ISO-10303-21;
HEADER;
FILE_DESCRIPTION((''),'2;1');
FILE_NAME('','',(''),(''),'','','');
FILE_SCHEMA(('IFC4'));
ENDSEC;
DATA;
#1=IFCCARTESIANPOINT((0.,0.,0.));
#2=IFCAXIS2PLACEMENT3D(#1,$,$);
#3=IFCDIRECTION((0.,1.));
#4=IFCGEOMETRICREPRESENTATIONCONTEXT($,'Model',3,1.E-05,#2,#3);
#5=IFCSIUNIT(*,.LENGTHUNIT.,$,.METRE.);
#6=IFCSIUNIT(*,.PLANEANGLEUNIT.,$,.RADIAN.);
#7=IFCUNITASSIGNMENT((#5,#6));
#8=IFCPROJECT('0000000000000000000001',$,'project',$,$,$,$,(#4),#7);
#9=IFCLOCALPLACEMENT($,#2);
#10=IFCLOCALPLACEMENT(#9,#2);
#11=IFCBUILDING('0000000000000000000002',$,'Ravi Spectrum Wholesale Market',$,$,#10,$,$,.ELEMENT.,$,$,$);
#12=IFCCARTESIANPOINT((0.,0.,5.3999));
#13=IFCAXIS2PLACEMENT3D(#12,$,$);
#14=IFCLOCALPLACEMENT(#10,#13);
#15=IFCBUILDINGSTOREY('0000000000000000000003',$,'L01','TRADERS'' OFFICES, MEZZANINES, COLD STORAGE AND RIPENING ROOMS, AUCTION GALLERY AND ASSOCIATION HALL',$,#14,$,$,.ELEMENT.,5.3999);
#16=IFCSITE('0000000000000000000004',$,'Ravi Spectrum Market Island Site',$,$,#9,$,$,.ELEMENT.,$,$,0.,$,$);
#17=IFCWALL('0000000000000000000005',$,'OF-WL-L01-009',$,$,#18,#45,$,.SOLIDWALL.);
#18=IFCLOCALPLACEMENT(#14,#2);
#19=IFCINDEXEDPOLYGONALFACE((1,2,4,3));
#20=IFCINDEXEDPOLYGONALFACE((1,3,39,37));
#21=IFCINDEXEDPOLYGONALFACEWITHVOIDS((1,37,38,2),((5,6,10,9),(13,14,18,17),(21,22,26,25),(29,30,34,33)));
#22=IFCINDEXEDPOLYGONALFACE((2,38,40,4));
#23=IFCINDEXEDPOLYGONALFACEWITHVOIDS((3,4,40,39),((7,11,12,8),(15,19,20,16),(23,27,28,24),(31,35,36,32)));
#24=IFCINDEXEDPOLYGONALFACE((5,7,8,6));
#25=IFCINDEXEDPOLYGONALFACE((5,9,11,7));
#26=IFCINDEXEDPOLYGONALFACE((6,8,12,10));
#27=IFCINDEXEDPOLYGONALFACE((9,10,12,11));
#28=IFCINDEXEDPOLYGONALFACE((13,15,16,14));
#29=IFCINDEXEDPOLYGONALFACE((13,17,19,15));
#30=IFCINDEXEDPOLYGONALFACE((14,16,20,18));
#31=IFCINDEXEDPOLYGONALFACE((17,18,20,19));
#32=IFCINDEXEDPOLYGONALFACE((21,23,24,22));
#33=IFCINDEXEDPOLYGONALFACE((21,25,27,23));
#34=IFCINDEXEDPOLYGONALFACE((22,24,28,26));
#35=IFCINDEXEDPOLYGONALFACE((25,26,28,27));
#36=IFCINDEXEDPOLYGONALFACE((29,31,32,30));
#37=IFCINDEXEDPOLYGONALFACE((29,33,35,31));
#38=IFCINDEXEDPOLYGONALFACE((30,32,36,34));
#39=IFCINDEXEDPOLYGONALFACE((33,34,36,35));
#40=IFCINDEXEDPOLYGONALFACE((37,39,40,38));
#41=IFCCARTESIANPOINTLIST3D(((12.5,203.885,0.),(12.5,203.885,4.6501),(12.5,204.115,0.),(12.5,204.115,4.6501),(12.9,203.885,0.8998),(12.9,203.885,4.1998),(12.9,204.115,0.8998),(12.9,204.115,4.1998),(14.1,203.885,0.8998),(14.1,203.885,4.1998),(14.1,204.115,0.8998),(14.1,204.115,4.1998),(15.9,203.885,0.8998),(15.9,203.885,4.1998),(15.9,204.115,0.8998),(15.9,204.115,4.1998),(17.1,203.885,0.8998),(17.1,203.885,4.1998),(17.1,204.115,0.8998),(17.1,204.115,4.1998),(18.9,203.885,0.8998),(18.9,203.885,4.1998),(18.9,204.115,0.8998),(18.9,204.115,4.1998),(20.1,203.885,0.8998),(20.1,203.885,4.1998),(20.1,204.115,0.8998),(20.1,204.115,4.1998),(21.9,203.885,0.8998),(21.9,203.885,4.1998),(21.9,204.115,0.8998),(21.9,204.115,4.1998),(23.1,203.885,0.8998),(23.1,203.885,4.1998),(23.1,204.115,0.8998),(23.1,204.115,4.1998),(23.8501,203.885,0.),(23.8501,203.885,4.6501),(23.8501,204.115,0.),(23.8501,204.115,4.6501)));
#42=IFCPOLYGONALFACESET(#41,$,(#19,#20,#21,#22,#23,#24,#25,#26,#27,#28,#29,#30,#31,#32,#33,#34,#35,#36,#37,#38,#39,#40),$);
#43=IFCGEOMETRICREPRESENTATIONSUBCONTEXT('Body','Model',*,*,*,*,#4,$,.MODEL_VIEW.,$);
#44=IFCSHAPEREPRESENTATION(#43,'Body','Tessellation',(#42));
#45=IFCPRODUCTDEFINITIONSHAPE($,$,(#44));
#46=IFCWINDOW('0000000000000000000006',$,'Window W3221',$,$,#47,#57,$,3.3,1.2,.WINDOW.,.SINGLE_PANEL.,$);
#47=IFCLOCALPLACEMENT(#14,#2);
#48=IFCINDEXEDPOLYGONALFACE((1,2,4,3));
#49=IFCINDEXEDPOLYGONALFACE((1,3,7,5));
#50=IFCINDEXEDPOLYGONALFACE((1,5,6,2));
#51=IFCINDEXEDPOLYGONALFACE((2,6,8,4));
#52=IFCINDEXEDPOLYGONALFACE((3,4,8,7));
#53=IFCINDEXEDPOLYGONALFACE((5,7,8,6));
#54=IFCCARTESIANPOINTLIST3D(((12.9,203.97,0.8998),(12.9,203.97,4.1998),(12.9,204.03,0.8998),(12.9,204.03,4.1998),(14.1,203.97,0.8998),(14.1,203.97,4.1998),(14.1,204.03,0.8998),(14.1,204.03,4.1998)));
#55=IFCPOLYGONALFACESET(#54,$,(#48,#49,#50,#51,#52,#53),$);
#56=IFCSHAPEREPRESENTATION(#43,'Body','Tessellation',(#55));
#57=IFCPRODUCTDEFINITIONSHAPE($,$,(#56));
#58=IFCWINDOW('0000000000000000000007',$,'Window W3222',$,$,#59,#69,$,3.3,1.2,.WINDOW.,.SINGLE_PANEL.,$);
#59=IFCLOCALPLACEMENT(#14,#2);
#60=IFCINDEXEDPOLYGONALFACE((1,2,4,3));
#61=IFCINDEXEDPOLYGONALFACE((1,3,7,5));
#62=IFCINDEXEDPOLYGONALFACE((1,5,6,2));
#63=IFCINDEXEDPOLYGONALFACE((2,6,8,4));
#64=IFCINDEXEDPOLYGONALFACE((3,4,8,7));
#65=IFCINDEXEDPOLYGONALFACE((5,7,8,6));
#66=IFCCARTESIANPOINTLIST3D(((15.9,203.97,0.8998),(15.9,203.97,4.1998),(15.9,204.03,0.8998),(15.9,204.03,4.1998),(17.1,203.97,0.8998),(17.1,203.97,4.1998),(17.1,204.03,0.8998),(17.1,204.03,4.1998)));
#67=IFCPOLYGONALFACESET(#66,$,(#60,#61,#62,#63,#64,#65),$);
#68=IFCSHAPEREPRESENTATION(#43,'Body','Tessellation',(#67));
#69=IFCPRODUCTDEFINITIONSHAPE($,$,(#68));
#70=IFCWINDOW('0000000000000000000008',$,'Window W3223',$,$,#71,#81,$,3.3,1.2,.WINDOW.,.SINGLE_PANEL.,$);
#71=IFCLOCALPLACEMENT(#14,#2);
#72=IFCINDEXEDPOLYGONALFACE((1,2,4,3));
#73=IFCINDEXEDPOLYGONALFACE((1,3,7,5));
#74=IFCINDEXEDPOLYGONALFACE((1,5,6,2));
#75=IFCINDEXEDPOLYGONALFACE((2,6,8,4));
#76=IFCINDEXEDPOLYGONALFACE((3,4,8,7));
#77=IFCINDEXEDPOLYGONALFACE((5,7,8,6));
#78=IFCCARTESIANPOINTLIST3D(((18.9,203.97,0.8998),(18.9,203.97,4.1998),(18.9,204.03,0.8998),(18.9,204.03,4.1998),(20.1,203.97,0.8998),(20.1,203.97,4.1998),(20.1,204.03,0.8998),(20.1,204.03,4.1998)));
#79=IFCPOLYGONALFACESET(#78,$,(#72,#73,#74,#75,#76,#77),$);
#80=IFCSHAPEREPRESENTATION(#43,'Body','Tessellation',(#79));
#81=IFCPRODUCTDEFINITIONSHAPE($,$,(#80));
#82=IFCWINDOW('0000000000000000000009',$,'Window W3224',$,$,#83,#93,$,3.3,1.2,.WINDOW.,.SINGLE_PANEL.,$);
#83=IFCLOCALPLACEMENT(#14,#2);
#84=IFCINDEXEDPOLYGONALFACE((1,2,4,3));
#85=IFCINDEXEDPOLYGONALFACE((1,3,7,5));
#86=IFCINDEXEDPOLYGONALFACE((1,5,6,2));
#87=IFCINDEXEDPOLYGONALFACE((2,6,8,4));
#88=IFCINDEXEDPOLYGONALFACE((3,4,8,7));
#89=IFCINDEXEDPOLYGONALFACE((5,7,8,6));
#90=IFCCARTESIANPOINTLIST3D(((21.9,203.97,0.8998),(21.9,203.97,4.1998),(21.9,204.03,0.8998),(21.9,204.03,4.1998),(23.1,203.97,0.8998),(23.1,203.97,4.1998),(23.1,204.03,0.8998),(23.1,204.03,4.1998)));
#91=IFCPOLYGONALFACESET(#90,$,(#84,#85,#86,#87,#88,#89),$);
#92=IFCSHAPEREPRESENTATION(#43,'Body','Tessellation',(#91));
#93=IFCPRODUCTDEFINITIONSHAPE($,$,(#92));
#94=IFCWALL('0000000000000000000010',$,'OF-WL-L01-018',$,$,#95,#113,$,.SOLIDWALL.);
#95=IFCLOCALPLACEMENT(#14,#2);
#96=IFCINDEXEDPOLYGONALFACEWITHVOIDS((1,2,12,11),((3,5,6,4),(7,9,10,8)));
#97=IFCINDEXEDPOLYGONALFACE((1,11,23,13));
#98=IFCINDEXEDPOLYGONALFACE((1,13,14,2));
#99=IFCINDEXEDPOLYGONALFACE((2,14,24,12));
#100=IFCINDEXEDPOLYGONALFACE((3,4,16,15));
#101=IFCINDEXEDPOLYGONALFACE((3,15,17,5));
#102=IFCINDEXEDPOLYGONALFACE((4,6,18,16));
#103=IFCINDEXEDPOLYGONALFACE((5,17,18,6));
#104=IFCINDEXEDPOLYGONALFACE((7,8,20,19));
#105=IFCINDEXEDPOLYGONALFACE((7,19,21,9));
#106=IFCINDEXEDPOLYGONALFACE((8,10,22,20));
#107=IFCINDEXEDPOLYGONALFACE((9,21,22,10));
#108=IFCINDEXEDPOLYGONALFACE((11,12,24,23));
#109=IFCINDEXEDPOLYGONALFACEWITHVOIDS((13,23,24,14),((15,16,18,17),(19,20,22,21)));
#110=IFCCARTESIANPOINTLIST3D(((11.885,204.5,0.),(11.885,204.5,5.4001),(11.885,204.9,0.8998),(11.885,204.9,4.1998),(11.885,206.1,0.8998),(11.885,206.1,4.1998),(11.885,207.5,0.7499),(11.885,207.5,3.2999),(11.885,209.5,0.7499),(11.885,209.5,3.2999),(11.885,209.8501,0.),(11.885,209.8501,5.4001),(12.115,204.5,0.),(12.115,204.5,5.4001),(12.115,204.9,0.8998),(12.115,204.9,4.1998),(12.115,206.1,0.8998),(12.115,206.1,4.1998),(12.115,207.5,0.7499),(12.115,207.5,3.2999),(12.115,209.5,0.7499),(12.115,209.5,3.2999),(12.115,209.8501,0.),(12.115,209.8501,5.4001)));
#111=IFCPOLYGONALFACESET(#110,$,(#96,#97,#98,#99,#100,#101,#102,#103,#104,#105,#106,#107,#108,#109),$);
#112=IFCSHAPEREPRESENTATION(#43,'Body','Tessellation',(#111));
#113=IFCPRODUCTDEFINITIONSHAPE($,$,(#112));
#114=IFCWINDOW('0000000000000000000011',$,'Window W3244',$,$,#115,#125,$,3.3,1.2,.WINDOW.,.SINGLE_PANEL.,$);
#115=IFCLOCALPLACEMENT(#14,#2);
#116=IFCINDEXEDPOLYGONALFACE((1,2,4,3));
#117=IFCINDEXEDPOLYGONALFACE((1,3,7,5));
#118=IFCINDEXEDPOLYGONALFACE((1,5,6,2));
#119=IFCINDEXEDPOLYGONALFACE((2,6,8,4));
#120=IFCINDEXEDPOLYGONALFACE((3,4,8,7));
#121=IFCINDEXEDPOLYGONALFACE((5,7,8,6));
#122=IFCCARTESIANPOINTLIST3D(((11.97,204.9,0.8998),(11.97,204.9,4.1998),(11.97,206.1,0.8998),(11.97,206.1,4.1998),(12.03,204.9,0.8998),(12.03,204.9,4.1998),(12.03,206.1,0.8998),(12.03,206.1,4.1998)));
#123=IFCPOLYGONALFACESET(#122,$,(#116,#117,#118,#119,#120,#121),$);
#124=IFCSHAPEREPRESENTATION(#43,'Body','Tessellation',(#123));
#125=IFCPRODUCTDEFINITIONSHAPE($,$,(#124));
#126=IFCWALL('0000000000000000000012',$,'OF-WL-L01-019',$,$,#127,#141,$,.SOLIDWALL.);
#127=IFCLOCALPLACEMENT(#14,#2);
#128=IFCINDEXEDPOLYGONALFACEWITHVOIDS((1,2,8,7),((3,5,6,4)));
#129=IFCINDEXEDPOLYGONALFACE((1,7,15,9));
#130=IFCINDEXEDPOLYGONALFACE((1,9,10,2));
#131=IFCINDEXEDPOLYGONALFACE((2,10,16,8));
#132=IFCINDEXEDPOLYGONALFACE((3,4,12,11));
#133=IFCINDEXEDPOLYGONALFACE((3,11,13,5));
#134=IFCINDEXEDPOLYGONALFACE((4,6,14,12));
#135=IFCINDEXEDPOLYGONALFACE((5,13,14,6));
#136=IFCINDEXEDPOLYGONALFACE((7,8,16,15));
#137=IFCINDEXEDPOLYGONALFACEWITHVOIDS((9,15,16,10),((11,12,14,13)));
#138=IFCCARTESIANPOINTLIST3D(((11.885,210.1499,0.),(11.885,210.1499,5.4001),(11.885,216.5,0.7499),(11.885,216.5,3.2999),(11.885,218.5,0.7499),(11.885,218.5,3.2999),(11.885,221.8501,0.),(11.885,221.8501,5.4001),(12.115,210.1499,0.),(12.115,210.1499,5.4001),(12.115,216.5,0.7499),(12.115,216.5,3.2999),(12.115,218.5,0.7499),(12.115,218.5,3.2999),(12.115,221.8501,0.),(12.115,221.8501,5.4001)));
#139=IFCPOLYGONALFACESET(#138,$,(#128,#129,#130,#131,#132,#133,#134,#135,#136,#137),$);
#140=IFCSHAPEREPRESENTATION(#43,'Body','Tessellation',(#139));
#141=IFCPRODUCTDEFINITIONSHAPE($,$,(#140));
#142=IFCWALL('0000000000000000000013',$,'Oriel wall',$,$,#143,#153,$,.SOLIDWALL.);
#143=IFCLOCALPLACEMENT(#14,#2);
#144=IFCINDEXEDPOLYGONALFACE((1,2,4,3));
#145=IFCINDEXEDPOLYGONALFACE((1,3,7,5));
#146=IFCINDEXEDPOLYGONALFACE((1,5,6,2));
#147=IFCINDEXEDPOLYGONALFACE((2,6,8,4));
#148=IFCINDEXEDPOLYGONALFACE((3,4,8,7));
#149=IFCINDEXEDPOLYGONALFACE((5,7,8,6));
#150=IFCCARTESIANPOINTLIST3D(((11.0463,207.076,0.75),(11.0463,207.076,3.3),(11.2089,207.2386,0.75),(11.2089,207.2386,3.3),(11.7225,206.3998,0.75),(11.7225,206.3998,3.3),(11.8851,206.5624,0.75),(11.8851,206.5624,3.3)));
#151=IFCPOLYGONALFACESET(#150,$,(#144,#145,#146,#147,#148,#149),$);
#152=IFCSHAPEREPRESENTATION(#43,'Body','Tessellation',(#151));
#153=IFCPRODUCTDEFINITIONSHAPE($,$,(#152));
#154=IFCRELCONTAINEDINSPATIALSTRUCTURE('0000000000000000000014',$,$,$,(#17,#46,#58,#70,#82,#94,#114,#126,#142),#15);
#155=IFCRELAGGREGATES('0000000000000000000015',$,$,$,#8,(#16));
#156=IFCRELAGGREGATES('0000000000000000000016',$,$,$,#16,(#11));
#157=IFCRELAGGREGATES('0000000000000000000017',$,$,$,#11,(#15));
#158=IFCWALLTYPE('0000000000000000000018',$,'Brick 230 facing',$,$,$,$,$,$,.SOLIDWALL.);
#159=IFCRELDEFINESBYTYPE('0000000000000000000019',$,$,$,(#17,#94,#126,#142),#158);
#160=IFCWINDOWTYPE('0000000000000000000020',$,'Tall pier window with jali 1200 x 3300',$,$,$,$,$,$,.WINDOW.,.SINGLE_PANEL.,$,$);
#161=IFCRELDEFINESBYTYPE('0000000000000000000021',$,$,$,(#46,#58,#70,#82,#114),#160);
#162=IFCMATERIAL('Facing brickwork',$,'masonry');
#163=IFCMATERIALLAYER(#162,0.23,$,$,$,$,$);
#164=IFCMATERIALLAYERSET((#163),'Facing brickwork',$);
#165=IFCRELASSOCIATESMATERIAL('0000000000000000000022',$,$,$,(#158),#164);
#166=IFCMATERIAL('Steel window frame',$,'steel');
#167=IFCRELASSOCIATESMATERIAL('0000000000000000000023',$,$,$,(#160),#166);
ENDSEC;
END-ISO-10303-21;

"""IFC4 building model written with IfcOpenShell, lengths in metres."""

from ifc_helpers import new_model, si_unit, direction, frame, frame_2d, origin, place, context, subcontext, project, spatial, rectangle, extrude, material, layer, layer_set, type_object, element, fill, save


model = new_model("IFC4")

# Units and contexts
model_context = context("Model", 3, precision=1e-05, world=origin(), true_north=direction((0.0, 1.0)))
body_context = subcontext(model_context, "Body", "Model", "MODEL_VIEW")
ifc_project = project(units=[si_unit("LENGTHUNIT", "METRE"), si_unit("PLANEANGLEUNIT", "RADIAN")], contexts=[model_context])

# Site, building, storey
site_placement = place(None, origin())
site = spatial("IfcSite", under=ifc_project, at=site_placement, Name="Ravi Spectrum Market Island Site", CompositionType="ELEMENT", RefElevation=0.0)
building_placement = place(site_placement, origin())
building = spatial("IfcBuilding", under=site, at=building_placement, Name="Ravi Spectrum Wholesale Market", CompositionType="ELEMENT")
storey_placement = place(building_placement, frame((0.0, 0.0, 5.3999)))
storey = spatial("IfcBuildingStorey", under=building, at=storey_placement, Name="L01", Description="TRADERS' OFFICES, MEZZANINES, COLD STORAGE AND RIPENING ROOMS, AUCTION GALLERY AND ASSOCIATION HALL", CompositionType="ELEMENT", Elevation=5.3999)

# Wall, openings, windows
ifc_material_1 = material(Name="Facing brickwork", Category="masonry")
ifc_layer_1 = layer(ifc_material_1, 0.23)
ifc_layer_set_1 = layer_set([ifc_layer_1], Name="Facing brickwork")
wall_type_1 = type_object("IfcWallType", Name="Brick 230 facing", PredefinedType="SOLIDWALL", material=ifc_layer_set_1)
wall_1_placement = place(storey_placement, frame((12.5, 204.0, 0.0), z_axis=(0.0, 0.0, 1.0), x_axis=(1.0, 0.0, 0.0)))
wall_1 = element("IfcWall", 1, at=wall_1_placement, inside=storey, type_object=wall_type_1, Name="OF-WL-L01-009", PredefinedType="SOLIDWALL", context=body_context, shape_type="SweptSolid", body=[
    extrude(rectangle(XDim=11.3501, YDim=0.23, at=frame_2d((5.675, 0.0))), origin(), (0.0, 0.0, 1.0), 4.6501),
])
opening_1_placement = place(wall_1_placement, frame((0.3999, 0.0, 0.8999)))
opening_1 = element("IfcOpeningElement", 2, at=opening_1_placement, cuts=wall_1, PredefinedType="OPENING", context=body_context, shape_type="SweptSolid", body=[
    extrude(rectangle(XDim=1.2, YDim=3.3, at=frame_2d((0.6001, 1.6499))), frame((0.0, 0.125, 0.0), z_axis=(0.0, -1.0, 0.0), x_axis=(1.0, 0.0, 0.0)), (0.0, 0.0, 1.0), 0.25),
])
opening_2_placement = place(wall_1_placement, frame((3.3999, 0.0, 0.8999)))
opening_2 = element("IfcOpeningElement", 3, at=opening_2_placement, cuts=wall_1, PredefinedType="OPENING", context=body_context, shape_type="SweptSolid", body=[
    extrude(rectangle(XDim=1.2, YDim=3.3, at=frame_2d((0.6001, 1.6499))), frame((0.0, 0.125, 0.0), z_axis=(0.0, -1.0, 0.0), x_axis=(1.0, 0.0, 0.0)), (0.0, 0.0, 1.0), 0.25),
])
opening_3_placement = place(wall_1_placement, frame((6.3999, 0.0, 0.8999)))
opening_3 = element("IfcOpeningElement", 4, at=opening_3_placement, cuts=wall_1, PredefinedType="OPENING", context=body_context, shape_type="SweptSolid", body=[
    extrude(rectangle(XDim=1.2, YDim=3.3, at=frame_2d((0.6001, 1.6499))), frame((0.0, 0.125, 0.0), z_axis=(0.0, -1.0, 0.0), x_axis=(1.0, 0.0, 0.0)), (0.0, 0.0, 1.0), 0.25),
])
opening_4_placement = place(wall_1_placement, frame((9.3999, 0.0, 0.8999)))
opening_4 = element("IfcOpeningElement", 5, at=opening_4_placement, cuts=wall_1, PredefinedType="OPENING", context=body_context, shape_type="SweptSolid", body=[
    extrude(rectangle(XDim=1.2, YDim=3.3, at=frame_2d((0.6001, 1.6499))), frame((0.0, 0.125, 0.0), z_axis=(0.0, -1.0, 0.0), x_axis=(1.0, 0.0, 0.0)), (0.0, 0.0, 1.0), 0.25),
])
ifc_material_2 = material(Name="Steel window frame", Category="steel")
window_type_1 = type_object("IfcWindowType", Name="Tall pier window with jali 1200 x 3300", PartitioningType="SINGLE_PANEL", PredefinedType="WINDOW", material=ifc_material_2)
window_1_placement = place(opening_1_placement, origin())
window_1 = element("IfcWindow", 6, at=window_1_placement, inside=storey, type_object=window_type_1, Name="Window W3221", OverallHeight=3.3, OverallWidth=1.2, PartitioningType="SINGLE_PANEL", PredefinedType="WINDOW", context=body_context, shape_type="SweptSolid", body=[
    extrude(rectangle(XDim=1.2, YDim=3.3, at=frame_2d((0.6001, 1.6499))), frame((0.0, 0.03, 0.0), z_axis=(0.0, -1.0, 0.0), x_axis=(1.0, 0.0, 0.0)), (0.0, 0.0, 1.0), 0.0601),
])
fill(opening_1, window_1)
window_2_placement = place(opening_2_placement, origin())
window_2 = element("IfcWindow", 7, at=window_2_placement, inside=storey, type_object=window_type_1, Name="Window W3222", OverallHeight=3.3, OverallWidth=1.2, PartitioningType="SINGLE_PANEL", PredefinedType="WINDOW", context=body_context, shape_type="SweptSolid", body=[
    extrude(rectangle(XDim=1.2, YDim=3.3, at=frame_2d((0.6001, 1.6499))), frame((0.0, 0.03, 0.0), z_axis=(0.0, -1.0, 0.0), x_axis=(1.0, 0.0, 0.0)), (0.0, 0.0, 1.0), 0.0601),
])
fill(opening_2, window_2)
window_3_placement = place(opening_3_placement, origin())
window_3 = element("IfcWindow", 8, at=window_3_placement, inside=storey, type_object=window_type_1, Name="Window W3223", OverallHeight=3.3, OverallWidth=1.2, PartitioningType="SINGLE_PANEL", PredefinedType="WINDOW", context=body_context, shape_type="SweptSolid", body=[
    extrude(rectangle(XDim=1.2, YDim=3.3, at=frame_2d((0.6001, 1.6499))), frame((0.0, 0.03, 0.0), z_axis=(0.0, -1.0, 0.0), x_axis=(1.0, 0.0, 0.0)), (0.0, 0.0, 1.0), 0.0601),
])
fill(opening_3, window_3)
window_4_placement = place(opening_4_placement, origin())
window_4 = element("IfcWindow", 9, at=window_4_placement, inside=storey, type_object=window_type_1, Name="Window W3224", OverallHeight=3.3, OverallWidth=1.2, PartitioningType="SINGLE_PANEL", PredefinedType="WINDOW", context=body_context, shape_type="SweptSolid", body=[
    extrude(rectangle(XDim=1.2, YDim=3.3, at=frame_2d((0.6001, 1.6499))), frame((0.0, 0.03, 0.0), z_axis=(0.0, -1.0, 0.0), x_axis=(1.0, 0.0, 0.0)), (0.0, 0.0, 1.0), 0.0601),
])
fill(opening_4, window_4)

# Wall, openings, window
wall_2_placement = place(storey_placement, frame((12.0, 204.5, 0.0), z_axis=(0.0, 0.0, 1.0), x_axis=(0.0, 1.0, 0.0)))
wall_2 = element("IfcWall", 10, at=wall_2_placement, inside=storey, type_object=wall_type_1, Name="OF-WL-L01-018", PredefinedType="SOLIDWALL", context=body_context, shape_type="SweptSolid", body=[
    extrude(rectangle(XDim=5.3501, YDim=0.23, at=frame_2d((2.675, 0.0))), origin(), (0.0, 0.0, 1.0), 5.4001),
])
opening_5_placement = place(wall_2_placement, frame((0.3999, 0.0, 0.8999)))
opening_5 = element("IfcOpeningElement", 11, at=opening_5_placement, cuts=wall_2, PredefinedType="OPENING", context=body_context, shape_type="SweptSolid", body=[
    extrude(rectangle(XDim=1.2, YDim=3.3, at=frame_2d((0.6001, 1.6499))), frame((0.0, 0.125, 0.0), z_axis=(0.0, -1.0, 0.0), x_axis=(1.0, 0.0, 0.0)), (0.0, 0.0, 1.0), 0.25),
])
opening_6_placement = place(wall_2_placement, frame((3.0, 0.0, 0.75)))
element("IfcOpeningElement", 12, at=opening_6_placement, cuts=wall_2, PredefinedType="OPENING", context=body_context, shape_type="SweptSolid", body=[
    extrude(rectangle(XDim=2.0, YDim=2.55, at=frame_2d((1.0, 1.2749))), frame((0.0, 0.125, 0.0), z_axis=(0.0, -1.0, 0.0), x_axis=(1.0, 0.0, 0.0)), (0.0, 0.0, 1.0), 0.25),
])
window_5_placement = place(opening_5_placement, origin())
window_5 = element("IfcWindow", 13, at=window_5_placement, inside=storey, type_object=window_type_1, Name="Window W3244", OverallHeight=3.3, OverallWidth=1.2, PartitioningType="SINGLE_PANEL", PredefinedType="WINDOW", context=body_context, shape_type="SweptSolid", body=[
    extrude(rectangle(XDim=1.2, YDim=3.3, at=frame_2d((0.6001, 1.6499))), frame((0.0, 0.03, 0.0), z_axis=(0.0, -1.0, 0.0), x_axis=(1.0, 0.0, 0.0)), (0.0, 0.0, 1.0), 0.0601),
])
fill(opening_5, window_5)

# Wall, opening
wall_3_placement = place(storey_placement, frame((12.0, 210.1499, 0.0), z_axis=(0.0, 0.0, 1.0), x_axis=(0.0, 1.0, 0.0)))
wall_3 = element("IfcWall", 14, at=wall_3_placement, inside=storey, type_object=wall_type_1, Name="OF-WL-L01-019", PredefinedType="SOLIDWALL", context=body_context, shape_type="SweptSolid", body=[
    extrude(rectangle(XDim=11.7002, YDim=0.23, at=frame_2d((5.8501, 0.0))), origin(), (0.0, 0.0, 1.0), 5.4001),
])
opening_7_placement = place(wall_3_placement, frame((6.3501, 0.0, 0.75)))
element("IfcOpeningElement", 15, at=opening_7_placement, cuts=wall_3, PredefinedType="OPENING", context=body_context, shape_type="SweptSolid", body=[
    extrude(rectangle(XDim=2.0, YDim=2.55, at=frame_2d((1.0, 1.2749))), frame((0.0, 0.125, 0.0), z_axis=(0.0, -1.0, 0.0), x_axis=(1.0, 0.0, 0.0)), (0.0, 0.0, 1.0), 0.25),
])

# Wall
wall_4_placement = place(storey_placement, frame((11.8037, 206.4812, 0.75), z_axis=(0.0, 0.0, 1.0), x_axis=(-0.707107, 0.707107, 0.0)))
element("IfcWall", 16, at=wall_4_placement, inside=storey, type_object=wall_type_1, Name="Oriel wall", PredefinedType="SOLIDWALL", context=body_context, shape_type="SweptSolid", body=[
    extrude(rectangle(XDim=0.9563, YDim=0.23, at=frame_2d((0.478, 0.0))), origin(), (0.0, 0.0, 1.0), 2.55),
])

save(model, "model.ifc")
